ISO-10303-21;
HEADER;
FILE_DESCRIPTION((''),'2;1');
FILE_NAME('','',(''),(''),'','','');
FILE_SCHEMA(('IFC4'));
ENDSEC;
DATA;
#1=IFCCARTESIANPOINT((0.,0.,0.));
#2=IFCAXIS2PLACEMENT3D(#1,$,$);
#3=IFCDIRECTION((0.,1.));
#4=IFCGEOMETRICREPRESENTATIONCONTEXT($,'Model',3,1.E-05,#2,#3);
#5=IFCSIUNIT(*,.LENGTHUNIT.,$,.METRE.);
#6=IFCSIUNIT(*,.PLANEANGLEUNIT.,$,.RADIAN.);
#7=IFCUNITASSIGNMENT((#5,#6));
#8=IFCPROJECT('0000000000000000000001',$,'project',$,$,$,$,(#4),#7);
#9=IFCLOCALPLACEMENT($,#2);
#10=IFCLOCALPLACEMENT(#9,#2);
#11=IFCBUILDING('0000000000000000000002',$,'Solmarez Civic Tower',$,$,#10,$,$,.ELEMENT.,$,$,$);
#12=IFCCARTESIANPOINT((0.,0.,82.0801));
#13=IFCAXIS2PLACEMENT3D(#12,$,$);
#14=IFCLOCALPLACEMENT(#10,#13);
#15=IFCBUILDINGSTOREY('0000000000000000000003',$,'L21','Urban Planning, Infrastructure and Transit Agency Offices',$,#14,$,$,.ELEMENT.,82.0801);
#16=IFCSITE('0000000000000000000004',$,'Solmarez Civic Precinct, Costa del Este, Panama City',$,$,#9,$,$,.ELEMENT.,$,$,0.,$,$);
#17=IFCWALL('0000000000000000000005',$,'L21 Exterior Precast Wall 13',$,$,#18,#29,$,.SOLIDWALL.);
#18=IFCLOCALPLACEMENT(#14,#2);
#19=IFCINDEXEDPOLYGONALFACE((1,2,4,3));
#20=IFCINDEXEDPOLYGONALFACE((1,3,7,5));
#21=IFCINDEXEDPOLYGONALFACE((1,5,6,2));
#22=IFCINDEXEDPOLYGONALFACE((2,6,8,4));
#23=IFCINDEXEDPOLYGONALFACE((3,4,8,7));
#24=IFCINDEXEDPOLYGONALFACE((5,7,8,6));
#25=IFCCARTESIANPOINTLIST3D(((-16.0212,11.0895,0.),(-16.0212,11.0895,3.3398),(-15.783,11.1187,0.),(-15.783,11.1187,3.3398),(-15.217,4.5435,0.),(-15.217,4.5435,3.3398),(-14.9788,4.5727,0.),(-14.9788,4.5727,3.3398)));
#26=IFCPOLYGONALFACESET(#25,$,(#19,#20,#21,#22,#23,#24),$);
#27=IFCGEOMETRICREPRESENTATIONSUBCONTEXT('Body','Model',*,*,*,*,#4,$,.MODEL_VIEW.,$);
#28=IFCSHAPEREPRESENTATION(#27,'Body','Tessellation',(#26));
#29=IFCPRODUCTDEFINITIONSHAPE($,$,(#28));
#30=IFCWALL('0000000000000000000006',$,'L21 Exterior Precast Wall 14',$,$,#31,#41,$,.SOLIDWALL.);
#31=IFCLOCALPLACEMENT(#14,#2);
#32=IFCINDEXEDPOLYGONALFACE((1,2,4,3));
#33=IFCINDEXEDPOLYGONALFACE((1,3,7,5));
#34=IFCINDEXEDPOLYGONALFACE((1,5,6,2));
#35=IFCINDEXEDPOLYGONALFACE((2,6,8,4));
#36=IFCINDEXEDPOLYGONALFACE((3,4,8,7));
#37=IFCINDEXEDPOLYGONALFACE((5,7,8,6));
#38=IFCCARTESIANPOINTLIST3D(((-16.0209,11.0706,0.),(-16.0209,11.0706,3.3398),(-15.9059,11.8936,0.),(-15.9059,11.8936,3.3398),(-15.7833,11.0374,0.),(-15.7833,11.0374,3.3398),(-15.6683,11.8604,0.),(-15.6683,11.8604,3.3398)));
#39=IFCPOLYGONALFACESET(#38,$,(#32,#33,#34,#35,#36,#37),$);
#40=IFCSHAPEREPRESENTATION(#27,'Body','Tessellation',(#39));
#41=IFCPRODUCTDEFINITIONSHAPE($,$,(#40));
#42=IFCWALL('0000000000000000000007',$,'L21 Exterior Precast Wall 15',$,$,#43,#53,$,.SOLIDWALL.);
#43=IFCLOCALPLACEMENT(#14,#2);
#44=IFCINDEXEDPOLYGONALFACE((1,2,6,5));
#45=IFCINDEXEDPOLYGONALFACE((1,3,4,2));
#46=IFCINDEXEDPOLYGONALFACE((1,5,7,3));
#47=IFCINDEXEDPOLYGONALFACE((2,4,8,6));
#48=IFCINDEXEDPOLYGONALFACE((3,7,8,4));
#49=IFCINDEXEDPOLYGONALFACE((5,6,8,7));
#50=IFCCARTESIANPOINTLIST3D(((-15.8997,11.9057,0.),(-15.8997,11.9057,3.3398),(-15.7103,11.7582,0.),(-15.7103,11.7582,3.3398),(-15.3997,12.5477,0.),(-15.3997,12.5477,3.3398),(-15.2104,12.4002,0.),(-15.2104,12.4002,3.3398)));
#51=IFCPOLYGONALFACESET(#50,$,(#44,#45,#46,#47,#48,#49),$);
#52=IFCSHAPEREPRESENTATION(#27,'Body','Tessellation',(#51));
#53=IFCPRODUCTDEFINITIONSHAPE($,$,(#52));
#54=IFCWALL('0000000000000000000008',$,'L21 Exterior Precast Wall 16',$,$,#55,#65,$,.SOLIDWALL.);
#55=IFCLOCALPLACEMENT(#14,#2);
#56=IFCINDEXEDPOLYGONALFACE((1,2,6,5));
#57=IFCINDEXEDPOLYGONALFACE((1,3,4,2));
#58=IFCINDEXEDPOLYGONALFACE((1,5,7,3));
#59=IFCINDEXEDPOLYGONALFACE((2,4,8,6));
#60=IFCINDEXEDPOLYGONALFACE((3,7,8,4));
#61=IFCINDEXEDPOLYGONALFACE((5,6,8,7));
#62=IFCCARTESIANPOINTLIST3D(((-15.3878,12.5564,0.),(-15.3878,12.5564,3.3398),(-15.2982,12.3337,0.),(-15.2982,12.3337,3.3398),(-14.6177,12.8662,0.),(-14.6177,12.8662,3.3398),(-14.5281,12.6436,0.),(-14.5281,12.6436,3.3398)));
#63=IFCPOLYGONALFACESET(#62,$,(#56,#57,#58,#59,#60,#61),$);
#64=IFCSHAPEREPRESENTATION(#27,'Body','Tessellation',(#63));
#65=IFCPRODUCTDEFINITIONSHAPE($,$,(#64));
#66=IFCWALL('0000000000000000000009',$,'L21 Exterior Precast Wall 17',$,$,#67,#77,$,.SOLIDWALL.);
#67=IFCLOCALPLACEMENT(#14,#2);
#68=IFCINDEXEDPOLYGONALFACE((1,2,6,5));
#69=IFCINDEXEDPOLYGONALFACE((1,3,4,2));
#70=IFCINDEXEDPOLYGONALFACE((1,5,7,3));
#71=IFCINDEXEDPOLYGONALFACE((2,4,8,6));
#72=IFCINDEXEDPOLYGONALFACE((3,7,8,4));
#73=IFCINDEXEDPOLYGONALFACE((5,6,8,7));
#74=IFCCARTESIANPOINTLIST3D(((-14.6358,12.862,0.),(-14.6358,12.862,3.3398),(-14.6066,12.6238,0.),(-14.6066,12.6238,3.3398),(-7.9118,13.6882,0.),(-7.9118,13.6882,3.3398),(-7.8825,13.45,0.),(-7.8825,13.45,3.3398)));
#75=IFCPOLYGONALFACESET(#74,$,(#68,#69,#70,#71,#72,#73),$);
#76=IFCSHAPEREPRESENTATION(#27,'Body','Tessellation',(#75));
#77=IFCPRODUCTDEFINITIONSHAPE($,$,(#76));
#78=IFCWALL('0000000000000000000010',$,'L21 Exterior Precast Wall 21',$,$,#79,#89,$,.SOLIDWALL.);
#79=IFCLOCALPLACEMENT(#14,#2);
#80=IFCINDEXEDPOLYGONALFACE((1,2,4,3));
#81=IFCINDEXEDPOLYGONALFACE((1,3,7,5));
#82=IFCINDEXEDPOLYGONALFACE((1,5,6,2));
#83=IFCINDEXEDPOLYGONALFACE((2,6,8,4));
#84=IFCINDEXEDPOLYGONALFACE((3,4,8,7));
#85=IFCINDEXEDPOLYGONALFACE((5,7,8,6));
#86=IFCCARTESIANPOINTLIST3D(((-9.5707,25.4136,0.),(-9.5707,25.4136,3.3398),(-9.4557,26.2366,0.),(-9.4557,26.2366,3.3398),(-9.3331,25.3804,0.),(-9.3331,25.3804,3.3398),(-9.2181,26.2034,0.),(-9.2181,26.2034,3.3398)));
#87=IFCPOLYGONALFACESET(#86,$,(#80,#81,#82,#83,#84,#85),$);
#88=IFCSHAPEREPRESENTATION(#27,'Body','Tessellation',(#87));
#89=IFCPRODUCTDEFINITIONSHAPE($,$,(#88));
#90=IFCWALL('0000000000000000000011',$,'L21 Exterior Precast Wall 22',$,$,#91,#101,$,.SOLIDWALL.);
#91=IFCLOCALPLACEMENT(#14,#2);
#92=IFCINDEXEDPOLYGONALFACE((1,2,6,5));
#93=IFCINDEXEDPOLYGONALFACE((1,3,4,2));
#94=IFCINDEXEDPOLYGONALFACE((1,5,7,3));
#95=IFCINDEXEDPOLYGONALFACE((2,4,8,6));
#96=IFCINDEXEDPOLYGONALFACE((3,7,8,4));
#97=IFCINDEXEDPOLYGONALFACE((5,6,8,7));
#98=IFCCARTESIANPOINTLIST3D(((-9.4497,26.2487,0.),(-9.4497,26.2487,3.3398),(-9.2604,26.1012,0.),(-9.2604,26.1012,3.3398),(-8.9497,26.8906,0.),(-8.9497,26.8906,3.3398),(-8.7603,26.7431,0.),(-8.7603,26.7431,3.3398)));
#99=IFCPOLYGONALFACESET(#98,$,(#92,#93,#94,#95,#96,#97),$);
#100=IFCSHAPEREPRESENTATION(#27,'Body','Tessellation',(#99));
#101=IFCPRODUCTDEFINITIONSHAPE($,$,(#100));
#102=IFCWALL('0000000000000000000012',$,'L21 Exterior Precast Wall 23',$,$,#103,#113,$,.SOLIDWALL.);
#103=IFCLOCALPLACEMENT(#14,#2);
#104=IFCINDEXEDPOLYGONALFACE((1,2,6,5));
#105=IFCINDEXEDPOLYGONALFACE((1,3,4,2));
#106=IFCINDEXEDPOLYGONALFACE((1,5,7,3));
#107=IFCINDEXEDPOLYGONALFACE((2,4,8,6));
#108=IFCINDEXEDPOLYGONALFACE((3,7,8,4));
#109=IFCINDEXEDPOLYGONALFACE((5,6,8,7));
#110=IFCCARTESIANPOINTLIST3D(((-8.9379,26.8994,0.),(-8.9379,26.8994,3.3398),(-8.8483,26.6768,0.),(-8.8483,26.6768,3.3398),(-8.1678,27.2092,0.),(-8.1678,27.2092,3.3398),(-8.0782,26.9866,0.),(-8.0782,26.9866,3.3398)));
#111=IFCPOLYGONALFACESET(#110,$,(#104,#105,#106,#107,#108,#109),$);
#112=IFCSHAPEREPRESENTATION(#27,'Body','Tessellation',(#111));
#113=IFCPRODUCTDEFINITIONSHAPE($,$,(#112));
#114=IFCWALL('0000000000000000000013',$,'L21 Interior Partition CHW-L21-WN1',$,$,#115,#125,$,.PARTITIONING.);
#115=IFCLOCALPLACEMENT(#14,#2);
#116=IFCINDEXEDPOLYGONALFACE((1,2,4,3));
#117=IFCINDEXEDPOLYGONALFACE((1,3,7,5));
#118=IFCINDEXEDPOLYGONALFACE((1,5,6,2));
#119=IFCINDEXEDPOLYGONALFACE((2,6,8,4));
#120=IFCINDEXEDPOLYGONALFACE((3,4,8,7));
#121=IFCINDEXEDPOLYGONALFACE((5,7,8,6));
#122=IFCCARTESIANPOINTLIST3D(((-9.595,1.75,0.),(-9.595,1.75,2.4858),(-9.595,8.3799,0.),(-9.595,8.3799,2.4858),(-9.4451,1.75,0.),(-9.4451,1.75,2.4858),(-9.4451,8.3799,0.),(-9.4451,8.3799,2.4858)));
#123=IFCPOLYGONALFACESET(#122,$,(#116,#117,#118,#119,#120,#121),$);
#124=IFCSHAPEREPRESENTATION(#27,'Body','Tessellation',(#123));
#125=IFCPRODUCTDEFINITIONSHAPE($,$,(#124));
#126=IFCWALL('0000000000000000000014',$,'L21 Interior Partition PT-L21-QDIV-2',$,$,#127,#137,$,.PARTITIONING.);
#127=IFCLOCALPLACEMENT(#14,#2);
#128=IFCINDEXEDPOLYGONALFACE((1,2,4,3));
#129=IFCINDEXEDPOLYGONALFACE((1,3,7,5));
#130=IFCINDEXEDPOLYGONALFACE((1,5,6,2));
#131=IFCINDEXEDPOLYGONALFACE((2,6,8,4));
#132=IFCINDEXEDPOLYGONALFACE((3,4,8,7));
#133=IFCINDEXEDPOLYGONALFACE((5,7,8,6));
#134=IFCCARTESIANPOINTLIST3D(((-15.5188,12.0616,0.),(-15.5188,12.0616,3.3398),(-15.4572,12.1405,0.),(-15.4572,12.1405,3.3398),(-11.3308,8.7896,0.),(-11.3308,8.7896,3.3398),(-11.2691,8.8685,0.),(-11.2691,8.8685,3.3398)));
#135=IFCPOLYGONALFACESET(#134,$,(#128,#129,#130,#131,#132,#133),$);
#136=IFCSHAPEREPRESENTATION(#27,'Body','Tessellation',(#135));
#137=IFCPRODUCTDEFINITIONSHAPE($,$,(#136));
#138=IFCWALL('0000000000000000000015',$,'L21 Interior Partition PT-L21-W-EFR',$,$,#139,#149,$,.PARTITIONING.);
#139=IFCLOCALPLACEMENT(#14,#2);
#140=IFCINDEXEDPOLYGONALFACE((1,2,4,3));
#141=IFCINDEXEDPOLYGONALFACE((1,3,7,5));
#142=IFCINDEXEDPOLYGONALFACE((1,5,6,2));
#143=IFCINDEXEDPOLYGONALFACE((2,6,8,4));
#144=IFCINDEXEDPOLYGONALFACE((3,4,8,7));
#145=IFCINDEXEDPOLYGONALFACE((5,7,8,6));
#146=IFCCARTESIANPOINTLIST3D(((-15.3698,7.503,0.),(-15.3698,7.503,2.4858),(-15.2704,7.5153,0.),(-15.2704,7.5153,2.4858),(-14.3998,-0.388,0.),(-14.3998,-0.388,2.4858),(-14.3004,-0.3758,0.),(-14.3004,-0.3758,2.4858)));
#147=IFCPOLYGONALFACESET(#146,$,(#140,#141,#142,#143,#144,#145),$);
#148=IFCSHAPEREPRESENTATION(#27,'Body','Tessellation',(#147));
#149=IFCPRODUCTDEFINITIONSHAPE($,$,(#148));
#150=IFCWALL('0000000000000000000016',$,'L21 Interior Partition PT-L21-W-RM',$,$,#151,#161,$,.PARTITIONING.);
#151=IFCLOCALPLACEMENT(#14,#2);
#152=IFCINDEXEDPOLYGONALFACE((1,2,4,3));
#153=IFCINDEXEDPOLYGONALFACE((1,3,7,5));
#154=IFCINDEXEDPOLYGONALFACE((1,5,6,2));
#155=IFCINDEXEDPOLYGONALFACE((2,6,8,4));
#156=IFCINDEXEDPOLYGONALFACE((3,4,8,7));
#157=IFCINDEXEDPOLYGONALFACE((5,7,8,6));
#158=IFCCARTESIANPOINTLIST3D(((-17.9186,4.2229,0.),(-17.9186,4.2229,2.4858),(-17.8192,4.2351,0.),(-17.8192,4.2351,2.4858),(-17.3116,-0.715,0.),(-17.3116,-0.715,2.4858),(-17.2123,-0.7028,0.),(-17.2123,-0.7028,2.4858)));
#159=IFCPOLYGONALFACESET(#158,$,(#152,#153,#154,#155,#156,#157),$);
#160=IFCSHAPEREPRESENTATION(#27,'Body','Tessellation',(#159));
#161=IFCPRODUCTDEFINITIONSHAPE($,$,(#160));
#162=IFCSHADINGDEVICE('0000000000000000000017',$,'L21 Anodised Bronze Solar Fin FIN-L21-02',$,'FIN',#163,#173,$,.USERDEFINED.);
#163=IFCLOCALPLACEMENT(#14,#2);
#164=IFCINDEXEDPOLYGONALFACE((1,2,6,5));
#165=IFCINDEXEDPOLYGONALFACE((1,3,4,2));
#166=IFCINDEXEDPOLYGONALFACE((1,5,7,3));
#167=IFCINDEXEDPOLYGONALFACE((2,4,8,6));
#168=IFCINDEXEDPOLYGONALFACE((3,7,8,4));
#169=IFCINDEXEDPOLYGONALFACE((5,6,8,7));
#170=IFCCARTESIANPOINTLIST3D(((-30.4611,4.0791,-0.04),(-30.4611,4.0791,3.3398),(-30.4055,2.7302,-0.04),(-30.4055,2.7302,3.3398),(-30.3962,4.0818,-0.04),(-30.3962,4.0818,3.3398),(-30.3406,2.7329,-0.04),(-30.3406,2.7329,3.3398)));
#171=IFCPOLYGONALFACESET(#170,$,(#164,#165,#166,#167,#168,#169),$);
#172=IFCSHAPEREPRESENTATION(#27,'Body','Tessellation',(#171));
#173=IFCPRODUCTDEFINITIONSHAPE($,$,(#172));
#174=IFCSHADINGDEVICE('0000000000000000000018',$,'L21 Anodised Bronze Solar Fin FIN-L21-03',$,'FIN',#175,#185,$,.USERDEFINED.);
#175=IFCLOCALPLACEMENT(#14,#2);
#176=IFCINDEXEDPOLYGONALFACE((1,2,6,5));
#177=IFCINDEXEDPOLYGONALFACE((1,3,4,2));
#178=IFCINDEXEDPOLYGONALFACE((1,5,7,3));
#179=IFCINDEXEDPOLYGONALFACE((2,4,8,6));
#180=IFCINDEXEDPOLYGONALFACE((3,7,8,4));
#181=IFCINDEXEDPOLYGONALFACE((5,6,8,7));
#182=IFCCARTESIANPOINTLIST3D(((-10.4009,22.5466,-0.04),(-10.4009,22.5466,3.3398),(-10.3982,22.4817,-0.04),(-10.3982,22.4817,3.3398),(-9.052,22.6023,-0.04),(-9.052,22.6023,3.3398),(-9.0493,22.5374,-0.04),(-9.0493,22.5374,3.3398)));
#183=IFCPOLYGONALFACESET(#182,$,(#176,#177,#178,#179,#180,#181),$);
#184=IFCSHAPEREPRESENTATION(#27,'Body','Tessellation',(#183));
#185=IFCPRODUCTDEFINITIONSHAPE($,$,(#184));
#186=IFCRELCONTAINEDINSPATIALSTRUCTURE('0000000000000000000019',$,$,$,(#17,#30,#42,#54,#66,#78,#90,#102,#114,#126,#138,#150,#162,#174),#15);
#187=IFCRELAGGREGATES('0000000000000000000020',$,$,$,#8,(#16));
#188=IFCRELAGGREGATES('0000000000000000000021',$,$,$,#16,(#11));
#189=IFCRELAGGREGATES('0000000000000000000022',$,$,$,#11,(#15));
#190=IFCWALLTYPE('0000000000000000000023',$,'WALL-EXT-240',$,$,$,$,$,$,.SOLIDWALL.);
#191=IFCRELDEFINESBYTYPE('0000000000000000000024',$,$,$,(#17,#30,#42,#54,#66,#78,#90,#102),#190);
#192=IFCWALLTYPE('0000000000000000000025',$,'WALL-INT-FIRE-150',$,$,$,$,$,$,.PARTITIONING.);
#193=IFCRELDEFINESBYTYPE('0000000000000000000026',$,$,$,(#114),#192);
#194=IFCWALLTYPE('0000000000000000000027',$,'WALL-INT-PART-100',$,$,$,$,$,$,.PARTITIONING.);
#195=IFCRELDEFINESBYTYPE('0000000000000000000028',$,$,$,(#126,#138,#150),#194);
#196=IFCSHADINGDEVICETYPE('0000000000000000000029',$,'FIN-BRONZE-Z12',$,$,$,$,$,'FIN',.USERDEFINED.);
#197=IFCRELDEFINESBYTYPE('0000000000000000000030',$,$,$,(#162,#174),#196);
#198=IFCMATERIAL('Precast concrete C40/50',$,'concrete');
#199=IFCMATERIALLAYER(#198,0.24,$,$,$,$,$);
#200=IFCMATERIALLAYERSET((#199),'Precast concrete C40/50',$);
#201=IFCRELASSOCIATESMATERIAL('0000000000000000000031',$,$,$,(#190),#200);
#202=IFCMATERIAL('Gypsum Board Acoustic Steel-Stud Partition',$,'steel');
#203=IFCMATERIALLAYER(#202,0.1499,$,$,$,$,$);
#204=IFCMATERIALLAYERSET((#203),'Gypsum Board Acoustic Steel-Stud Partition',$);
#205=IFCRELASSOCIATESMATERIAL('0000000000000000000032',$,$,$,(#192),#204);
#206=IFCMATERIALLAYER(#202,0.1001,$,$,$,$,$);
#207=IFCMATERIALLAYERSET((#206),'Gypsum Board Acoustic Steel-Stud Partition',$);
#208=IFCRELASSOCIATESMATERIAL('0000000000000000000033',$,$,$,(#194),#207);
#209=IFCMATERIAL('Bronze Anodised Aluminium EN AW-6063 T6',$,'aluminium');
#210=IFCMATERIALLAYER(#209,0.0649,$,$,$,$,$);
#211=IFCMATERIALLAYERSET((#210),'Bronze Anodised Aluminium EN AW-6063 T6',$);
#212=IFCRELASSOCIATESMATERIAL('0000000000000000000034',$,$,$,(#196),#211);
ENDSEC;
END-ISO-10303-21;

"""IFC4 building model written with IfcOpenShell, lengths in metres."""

from ifc_helpers import new_model, si_unit, direction, frame, frame_2d, origin, origin_2d, place, context, subcontext, project, spatial, rectangle, extrude, material, layer, layer_set, type_object, element, save


model = new_model("IFC4")

# Units and contexts
model_context = context("Model", 3, precision=1e-05, world=origin(), true_north=direction((0.0, 1.0)))
body_context = subcontext(model_context, "Body", "Model", "MODEL_VIEW")
ifc_project = project(units=[si_unit("LENGTHUNIT", "METRE"), si_unit("PLANEANGLEUNIT", "RADIAN")], contexts=[model_context])

# Site, building, storey
site_placement = place(None, origin())
site = spatial("IfcSite", under=ifc_project, at=site_placement, Name="Solmarez Civic Precinct, Costa del Este, Panama City", CompositionType="ELEMENT", RefElevation=0.0)
building_placement = place(site_placement, origin())
building = spatial("IfcBuilding", under=site, at=building_placement, Name="Solmarez Civic Tower", CompositionType="ELEMENT")
storey_placement = place(building_placement, frame((0.0, 0.0, 82.0801)))
storey = spatial("IfcBuildingStorey", under=building, at=storey_placement, Name="L21", Description="Urban Planning, Infrastructure and Transit Agency Offices", CompositionType="ELEMENT", Elevation=82.0801)

# Shared definitions
ifc_material_1 = material(Name="Bronze Anodised Aluminium EN AW-6063 T6", Category="aluminium")

# Shared definitions
ifc_material_2 = material(Name="Precast concrete C40/50", Category="concrete")
ifc_layer_1 = layer(ifc_material_2, 0.24)
ifc_layer_set_1 = layer_set([ifc_layer_1], Name="Precast concrete C40/50")
wall_type_1 = type_object("IfcWallType", Name="WALL-EXT-240", PredefinedType="SOLIDWALL", material=ifc_layer_set_1)

# Walls
wall_1_placement = place(storey_placement, frame((-15.0979, 4.5581, 0.0), z_axis=(0.0, 0.0, 1.0), x_axis=(-0.121939, 0.992538, 0.0)))
element("IfcWall", 1, at=wall_1_placement, inside=storey, type_object=wall_type_1, Name="L21 Exterior Precast Wall 13", PredefinedType="SOLIDWALL", context=body_context, shape_type="SweptSolid", body=[
    extrude(rectangle(XDim=6.5952, YDim=0.24, at=frame_2d((3.2976, 0.0))), origin(), (0.0, 0.0, 1.0), 3.3398),
])
wall_2_placement = place(storey_placement, frame((-15.9021, 11.054, 0.0), z_axis=(0.0, 0.0, 1.0), x_axis=(0.138377, 0.99038, 0.0)))
element("IfcWall", 2, at=wall_2_placement, inside=storey, type_object=wall_type_1, Name="L21 Exterior Precast Wall 14", PredefinedType="SOLIDWALL", context=body_context, shape_type="SweptSolid", body=[
    extrude(rectangle(XDim=0.8311, YDim=0.24, at=frame_2d((0.4155, 0.0))), origin(), (0.0, 0.0, 1.0), 3.3398),
])
wall_3_placement = place(storey_placement, frame((-15.8049, 11.832, 0.0), z_axis=(0.0, 0.0, 1.0), x_axis=(0.614397, 0.788997, 0.0)))
element("IfcWall", 3, at=wall_3_placement, inside=storey, type_object=wall_type_1, Name="L21 Exterior Precast Wall 15", PredefinedType="SOLIDWALL", context=body_context, shape_type="SweptSolid", body=[
    extrude(rectangle(XDim=0.8137, YDim=0.24, at=frame_2d((0.4067, 0.0))), origin(), (0.0, 0.0, 1.0), 3.3398),
])
wall_4_placement = place(storey_placement, frame((-15.343, 12.4451, 0.0), z_axis=(0.0, 0.0, 1.0), x_axis=(0.927724, 0.373266, 0.0)))
element("IfcWall", 4, at=wall_4_placement, inside=storey, type_object=wall_type_1, Name="L21 Exterior Precast Wall 16", PredefinedType="SOLIDWALL", context=body_context, shape_type="SweptSolid", body=[
    extrude(rectangle(XDim=0.8301, YDim=0.24, at=frame_2d((0.415, 0.0))), origin(), (0.0, 0.0, 1.0), 3.3398),
])
wall_5_placement = place(storey_placement, frame((-14.6211, 12.7429, 0.0), z_axis=(0.0, 0.0, 1.0), x_axis=(0.992536, 0.12195, 0.0)))
element("IfcWall", 5, at=wall_5_placement, inside=storey, type_object=wall_type_1, Name="L21 Exterior Precast Wall 17", PredefinedType="SOLIDWALL", context=body_context, shape_type="SweptSolid", body=[
    extrude(rectangle(XDim=6.7747, YDim=0.24, at=frame_2d((3.3872, 0.0))), origin(), (0.0, 0.0, 1.0), 3.3398),
])
wall_6_placement = place(storey_placement, frame((-9.4519, 25.397, 0.0), z_axis=(0.0, 0.0, 1.0), x_axis=(0.138377, 0.99038, 0.0)))
element("IfcWall", 6, at=wall_6_placement, inside=storey, type_object=wall_type_1, Name="L21 Exterior Precast Wall 21", PredefinedType="SOLIDWALL", context=body_context, shape_type="SweptSolid", body=[
    extrude(rectangle(XDim=0.8311, YDim=0.24, at=frame_2d((0.4155, 0.0))), origin(), (0.0, 0.0, 1.0), 3.3398),
])
wall_7_placement = place(storey_placement, frame((-9.355, 26.175, 0.0), z_axis=(0.0, 0.0, 1.0), x_axis=(0.614543, 0.788883, 0.0)))
element("IfcWall", 7, at=wall_7_placement, inside=storey, type_object=wall_type_1, Name="L21 Exterior Precast Wall 22", PredefinedType="SOLIDWALL", context=body_context, shape_type="SweptSolid", body=[
    extrude(rectangle(XDim=0.8137, YDim=0.24, at=frame_2d((0.4067, 0.0))), origin(), (0.0, 0.0, 1.0), 3.3398),
])
wall_8_placement = place(storey_placement, frame((-8.8931, 26.7881, 0.0), z_axis=(0.0, 0.0, 1.0), x_axis=(0.927724, 0.373266, 0.0)))
element("IfcWall", 8, at=wall_8_placement, inside=storey, type_object=wall_type_1, Name="L21 Exterior Precast Wall 23", PredefinedType="SOLIDWALL", context=body_context, shape_type="SweptSolid", body=[
    extrude(rectangle(XDim=0.8301, YDim=0.24, at=frame_2d((0.415, 0.0))), origin(), (0.0, 0.0, 1.0), 3.3398),
])
ifc_material_3 = material(Name="Gypsum Board Acoustic Steel-Stud Partition", Category="steel")
ifc_layer_2 = layer(ifc_material_3, 0.1499)
ifc_layer_set_2 = layer_set([ifc_layer_2], Name="Gypsum Board Acoustic Steel-Stud Partition")
wall_type_2 = type_object("IfcWallType", Name="WALL-INT-FIRE-150", PredefinedType="PARTITIONING", material=ifc_layer_set_2)
wall_9_placement = place(storey_placement, frame((-9.52, 1.75, 0.0), z_axis=(0.0, 0.0, 1.0), x_axis=(0.0, 1.0, 0.0)))
element("IfcWall", 9, at=wall_9_placement, inside=storey, type_object=wall_type_2, Name="L21 Interior Partition CHW-L21-WN1", PredefinedType="PARTITIONING", context=body_context, shape_type="SweptSolid", body=[
    extrude(rectangle(XDim=6.6299, YDim=0.1499, at=frame_2d((3.3149, 0.0))), origin(), (0.0, 0.0, 1.0), 2.4858),
])
ifc_layer_3 = layer(ifc_material_3, 0.1001)
ifc_layer_set_3 = layer_set([ifc_layer_3], Name="Gypsum Board Acoustic Steel-Stud Partition")
wall_type_3 = type_object("IfcWallType", Name="WALL-INT-PART-100", PredefinedType="PARTITIONING", material=ifc_layer_set_3)
wall_10_placement = place(storey_placement, frame((-11.3, 8.8291, 0.0), z_axis=(0.0, 0.0, 1.0), x_axis=(-0.788015, 0.615657, 0.0)))
element("IfcWall", 10, at=wall_10_placement, inside=storey, type_object=wall_type_3, Name="L21 Interior Partition PT-L21-QDIV-2", PredefinedType="PARTITIONING", context=body_context, shape_type="SweptSolid", body=[
    extrude(rectangle(XDim=5.3147, YDim=0.1001, at=frame_2d((2.6572, 0.0))), origin(), (0.0, 0.0, 1.0), 3.3398),
])
wall_11_placement = place(storey_placement, frame((-15.3201, 7.509, 0.0), z_axis=(0.0, 0.0, 1.0), x_axis=(0.122001, -0.99253, 0.0)))
element("IfcWall", 11, at=wall_11_placement, inside=storey, type_object=wall_type_3, Name="L21 Interior Partition PT-L21-W-EFR", PredefinedType="PARTITIONING", context=body_context, shape_type="SweptSolid", body=[
    extrude(rectangle(XDim=7.9504, YDim=0.1001, at=frame_2d((3.9751, 0.0))), origin(), (0.0, 0.0, 1.0), 2.4858),
])
wall_12_placement = place(storey_placement, frame((-17.8689, 4.229, 0.0), z_axis=(0.0, 0.0, 1.0), x_axis=(0.121993, -0.992531, 0.0)))
element("IfcWall", 12, at=wall_12_placement, inside=storey, type_object=wall_type_3, Name="L21 Interior Partition PT-L21-W-RM", PredefinedType="PARTITIONING", context=body_context, shape_type="SweptSolid", body=[
    extrude(rectangle(XDim=4.9751, YDim=0.1001, at=frame_2d((2.4875, 0.0))), origin(), (0.0, 0.0, 1.0), 2.4858),
])

# Shading devices
ifc_layer_4 = layer(ifc_material_1, 0.0649)
ifc_layer_set_4 = layer_set([ifc_layer_4], Name="Bronze Anodised Aluminium EN AW-6063 T6")
shading_device_type = type_object("IfcShadingDeviceType", Name="FIN-BRONZE-Z12", ElementType="FIN", PredefinedType="USERDEFINED", material=ifc_layer_set_4)
for number, where, z_axis, x_axis, name in (
    (13, (-30.4009, 3.406, -0.04), (0.0, 0.0, 1.0), (-0.041178, 0.999152, 0.0), "L21 Anodised Bronze Solar Fin FIN-L21-02"),
    (14, (-9.7251, 22.542, -0.04), (0.0, 0.0, 1.0), (-0.99915, -0.04123, 0.0), "L21 Anodised Bronze Solar Fin FIN-L21-03"),
):
    element("IfcShadingDevice", number, at=place(storey_placement, frame(where, z_axis=z_axis, x_axis=x_axis)), inside=storey, type_object=shading_device_type, Name=name, ObjectType="FIN", PredefinedType="USERDEFINED", context=body_context, shape_type="SweptSolid", body=[
        extrude(rectangle(XDim=1.3501, YDim=0.0649, at=origin_2d()), origin(), (0.0, 0.0, 1.0), 3.3799),
    ])

save(model, "model.ifc")
